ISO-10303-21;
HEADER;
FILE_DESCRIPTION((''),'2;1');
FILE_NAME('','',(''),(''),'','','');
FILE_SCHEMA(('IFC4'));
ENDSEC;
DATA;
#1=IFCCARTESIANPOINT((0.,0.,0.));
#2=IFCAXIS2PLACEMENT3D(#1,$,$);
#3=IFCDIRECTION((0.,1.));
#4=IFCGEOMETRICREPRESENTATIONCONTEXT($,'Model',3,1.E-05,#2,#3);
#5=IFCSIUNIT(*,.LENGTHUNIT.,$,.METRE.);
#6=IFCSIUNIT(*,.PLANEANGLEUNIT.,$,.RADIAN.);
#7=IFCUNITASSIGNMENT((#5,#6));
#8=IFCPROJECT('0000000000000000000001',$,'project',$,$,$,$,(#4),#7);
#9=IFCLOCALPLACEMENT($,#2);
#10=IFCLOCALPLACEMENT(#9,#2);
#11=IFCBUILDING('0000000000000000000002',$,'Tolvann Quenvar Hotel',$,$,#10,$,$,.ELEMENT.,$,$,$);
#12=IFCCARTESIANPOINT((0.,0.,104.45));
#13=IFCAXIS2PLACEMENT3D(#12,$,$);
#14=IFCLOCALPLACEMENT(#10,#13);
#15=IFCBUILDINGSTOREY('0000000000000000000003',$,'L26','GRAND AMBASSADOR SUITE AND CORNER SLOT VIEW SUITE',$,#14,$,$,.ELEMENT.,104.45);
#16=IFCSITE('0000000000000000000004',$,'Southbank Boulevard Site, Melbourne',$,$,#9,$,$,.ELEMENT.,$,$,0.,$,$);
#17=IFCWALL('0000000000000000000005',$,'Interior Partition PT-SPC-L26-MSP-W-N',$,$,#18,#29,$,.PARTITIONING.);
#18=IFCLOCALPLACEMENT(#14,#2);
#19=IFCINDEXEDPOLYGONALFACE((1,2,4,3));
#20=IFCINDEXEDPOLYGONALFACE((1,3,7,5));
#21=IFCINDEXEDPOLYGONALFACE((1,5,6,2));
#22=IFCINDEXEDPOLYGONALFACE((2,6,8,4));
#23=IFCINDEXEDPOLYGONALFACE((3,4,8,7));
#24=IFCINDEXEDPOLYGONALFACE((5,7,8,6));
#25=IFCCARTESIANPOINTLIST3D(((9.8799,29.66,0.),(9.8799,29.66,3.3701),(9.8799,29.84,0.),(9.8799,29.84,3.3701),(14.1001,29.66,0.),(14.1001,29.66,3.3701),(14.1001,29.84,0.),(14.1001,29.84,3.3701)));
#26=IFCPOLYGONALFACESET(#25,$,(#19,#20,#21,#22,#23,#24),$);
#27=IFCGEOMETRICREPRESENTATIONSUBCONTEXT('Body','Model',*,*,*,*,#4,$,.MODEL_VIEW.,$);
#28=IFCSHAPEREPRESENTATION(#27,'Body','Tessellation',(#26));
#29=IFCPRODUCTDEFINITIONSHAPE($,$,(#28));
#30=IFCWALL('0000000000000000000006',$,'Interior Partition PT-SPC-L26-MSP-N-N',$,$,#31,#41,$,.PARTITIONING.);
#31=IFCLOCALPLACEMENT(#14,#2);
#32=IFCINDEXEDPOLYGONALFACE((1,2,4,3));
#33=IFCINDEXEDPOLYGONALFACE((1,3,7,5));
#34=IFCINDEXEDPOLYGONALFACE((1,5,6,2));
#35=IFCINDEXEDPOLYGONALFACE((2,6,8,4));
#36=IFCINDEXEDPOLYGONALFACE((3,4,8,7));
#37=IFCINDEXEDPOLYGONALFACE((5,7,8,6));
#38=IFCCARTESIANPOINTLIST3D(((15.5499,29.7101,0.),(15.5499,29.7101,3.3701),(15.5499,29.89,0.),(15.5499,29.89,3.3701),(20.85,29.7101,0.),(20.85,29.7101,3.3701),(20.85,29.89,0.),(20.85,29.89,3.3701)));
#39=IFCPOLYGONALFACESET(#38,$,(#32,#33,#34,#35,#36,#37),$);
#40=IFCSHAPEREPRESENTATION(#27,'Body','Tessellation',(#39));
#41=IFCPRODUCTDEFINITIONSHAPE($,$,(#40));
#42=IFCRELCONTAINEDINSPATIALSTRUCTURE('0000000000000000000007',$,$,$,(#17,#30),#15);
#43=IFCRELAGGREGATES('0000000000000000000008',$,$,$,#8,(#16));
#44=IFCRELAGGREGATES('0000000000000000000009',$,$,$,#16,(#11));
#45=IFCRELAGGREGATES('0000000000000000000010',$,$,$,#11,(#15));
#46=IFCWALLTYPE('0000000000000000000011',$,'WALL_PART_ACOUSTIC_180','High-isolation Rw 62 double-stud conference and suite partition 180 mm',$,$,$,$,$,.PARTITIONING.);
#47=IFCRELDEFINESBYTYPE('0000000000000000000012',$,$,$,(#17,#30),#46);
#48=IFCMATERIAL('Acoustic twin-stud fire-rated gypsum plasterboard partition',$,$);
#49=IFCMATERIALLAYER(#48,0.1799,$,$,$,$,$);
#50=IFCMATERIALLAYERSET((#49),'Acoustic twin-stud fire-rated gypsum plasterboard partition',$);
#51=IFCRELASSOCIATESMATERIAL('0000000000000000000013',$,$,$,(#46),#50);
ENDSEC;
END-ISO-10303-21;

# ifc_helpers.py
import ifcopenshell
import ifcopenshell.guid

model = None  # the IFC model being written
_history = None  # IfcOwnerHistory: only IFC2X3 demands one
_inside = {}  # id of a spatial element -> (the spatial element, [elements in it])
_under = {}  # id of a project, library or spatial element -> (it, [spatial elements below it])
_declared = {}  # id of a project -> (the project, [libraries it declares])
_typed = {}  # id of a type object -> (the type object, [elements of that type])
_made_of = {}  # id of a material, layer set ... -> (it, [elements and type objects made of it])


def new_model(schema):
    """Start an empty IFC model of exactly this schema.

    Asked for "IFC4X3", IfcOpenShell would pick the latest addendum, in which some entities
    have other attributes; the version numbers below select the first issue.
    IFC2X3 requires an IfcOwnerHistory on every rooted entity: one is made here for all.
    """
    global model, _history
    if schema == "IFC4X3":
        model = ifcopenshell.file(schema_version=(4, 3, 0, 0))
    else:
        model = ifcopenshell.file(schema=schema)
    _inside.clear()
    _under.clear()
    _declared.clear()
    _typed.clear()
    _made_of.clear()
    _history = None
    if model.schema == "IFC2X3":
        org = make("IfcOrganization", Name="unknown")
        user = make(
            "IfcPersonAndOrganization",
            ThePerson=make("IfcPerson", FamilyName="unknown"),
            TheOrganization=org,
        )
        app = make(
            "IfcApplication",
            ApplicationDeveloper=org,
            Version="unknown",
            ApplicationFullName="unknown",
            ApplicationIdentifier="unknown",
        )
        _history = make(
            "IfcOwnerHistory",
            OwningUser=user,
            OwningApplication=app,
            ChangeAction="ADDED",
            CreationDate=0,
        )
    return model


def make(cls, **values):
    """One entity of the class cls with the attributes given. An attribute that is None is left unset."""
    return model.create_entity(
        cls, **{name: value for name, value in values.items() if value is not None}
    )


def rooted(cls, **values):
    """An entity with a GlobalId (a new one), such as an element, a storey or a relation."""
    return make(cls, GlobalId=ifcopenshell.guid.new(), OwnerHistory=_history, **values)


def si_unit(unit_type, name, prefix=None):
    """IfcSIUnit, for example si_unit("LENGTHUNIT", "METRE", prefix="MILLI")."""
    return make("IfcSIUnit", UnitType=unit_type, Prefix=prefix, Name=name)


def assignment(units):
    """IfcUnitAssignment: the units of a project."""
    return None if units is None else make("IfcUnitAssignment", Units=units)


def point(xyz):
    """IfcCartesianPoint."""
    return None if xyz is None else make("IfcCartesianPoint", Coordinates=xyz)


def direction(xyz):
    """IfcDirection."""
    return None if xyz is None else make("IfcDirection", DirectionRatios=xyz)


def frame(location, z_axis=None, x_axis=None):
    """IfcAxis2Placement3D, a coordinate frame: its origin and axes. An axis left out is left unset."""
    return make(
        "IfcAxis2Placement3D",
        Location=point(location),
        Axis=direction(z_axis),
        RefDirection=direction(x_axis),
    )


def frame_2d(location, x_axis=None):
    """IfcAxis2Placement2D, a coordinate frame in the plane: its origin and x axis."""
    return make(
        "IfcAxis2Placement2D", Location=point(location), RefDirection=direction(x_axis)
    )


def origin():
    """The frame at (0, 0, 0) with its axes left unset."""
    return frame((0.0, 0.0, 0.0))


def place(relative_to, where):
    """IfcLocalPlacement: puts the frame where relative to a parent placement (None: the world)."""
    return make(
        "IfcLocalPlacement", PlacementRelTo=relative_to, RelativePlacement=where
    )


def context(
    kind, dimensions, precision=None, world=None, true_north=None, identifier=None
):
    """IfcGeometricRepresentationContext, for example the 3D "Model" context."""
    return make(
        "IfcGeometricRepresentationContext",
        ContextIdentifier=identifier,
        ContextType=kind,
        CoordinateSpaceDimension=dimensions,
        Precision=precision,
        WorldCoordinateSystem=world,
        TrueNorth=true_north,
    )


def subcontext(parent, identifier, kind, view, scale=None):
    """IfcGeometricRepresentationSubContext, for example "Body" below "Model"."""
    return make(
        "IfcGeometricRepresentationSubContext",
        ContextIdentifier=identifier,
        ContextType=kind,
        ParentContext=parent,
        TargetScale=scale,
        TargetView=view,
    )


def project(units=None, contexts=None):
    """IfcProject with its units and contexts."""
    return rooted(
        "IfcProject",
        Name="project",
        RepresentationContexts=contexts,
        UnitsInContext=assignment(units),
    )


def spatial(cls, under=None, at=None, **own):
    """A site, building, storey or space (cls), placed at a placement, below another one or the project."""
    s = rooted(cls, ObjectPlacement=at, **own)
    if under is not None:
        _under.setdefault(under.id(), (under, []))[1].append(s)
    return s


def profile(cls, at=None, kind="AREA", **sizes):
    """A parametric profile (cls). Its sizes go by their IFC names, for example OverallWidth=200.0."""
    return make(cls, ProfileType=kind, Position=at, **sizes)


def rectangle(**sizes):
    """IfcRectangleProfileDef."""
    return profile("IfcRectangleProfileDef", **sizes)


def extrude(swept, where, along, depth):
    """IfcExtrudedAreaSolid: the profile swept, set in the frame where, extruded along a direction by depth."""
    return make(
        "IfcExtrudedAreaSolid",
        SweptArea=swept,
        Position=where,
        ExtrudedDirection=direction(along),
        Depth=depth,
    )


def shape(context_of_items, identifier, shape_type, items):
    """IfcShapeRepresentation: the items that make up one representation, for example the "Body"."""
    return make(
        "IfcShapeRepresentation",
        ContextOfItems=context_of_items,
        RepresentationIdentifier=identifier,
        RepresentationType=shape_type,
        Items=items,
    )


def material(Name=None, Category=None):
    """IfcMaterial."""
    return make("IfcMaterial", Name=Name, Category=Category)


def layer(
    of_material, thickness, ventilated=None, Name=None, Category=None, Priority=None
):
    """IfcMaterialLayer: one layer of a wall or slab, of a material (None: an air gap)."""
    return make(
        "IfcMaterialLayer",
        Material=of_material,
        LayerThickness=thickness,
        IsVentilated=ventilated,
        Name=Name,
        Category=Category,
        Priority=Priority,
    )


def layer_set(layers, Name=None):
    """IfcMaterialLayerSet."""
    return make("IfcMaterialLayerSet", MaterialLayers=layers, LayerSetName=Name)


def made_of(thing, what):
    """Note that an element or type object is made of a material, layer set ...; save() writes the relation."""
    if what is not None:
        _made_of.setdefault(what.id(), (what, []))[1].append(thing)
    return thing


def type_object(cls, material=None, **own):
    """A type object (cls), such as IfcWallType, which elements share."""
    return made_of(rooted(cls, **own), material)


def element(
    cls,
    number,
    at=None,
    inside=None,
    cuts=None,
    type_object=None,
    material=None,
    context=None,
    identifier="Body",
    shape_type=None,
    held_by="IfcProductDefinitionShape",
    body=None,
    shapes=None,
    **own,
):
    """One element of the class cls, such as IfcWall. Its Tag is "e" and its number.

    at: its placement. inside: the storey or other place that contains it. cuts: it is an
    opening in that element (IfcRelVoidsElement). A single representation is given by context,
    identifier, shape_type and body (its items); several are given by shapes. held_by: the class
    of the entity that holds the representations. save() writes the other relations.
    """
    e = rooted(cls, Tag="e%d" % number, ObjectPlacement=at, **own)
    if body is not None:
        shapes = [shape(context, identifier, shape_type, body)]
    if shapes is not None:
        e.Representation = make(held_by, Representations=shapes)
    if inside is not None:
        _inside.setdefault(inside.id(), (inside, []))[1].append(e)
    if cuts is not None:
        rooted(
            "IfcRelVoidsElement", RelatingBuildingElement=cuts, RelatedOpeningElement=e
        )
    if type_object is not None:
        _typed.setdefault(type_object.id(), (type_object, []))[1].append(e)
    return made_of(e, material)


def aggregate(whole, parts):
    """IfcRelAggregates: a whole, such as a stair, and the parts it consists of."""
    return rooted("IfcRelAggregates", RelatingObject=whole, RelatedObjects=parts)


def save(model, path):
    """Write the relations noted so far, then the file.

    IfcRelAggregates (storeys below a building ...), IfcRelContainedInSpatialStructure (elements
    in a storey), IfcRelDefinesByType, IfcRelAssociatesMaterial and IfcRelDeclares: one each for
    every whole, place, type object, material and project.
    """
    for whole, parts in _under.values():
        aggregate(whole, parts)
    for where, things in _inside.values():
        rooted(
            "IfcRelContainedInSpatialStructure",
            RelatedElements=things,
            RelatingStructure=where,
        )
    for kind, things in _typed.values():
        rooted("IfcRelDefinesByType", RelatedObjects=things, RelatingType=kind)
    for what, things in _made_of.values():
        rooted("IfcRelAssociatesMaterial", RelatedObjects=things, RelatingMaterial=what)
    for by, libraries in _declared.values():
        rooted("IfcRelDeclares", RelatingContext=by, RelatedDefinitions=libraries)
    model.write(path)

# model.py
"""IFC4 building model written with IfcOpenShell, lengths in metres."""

from ifc_helpers import new_model, si_unit, direction, frame, frame_2d, origin, place, context, subcontext, project, spatial, rectangle, extrude, material, layer, layer_set, type_object, element, save


model = new_model("IFC4")

# Units and contexts
model_context = context("Model", 3, precision=1e-05, world=origin(), true_north=direction((0.0, 1.0)))
body_context = subcontext(model_context, "Body", "Model", "MODEL_VIEW")
ifc_project = project(units=[si_unit("LENGTHUNIT", "METRE"), si_unit("PLANEANGLEUNIT", "RADIAN")], contexts=[model_context])

# Site, building, storey
site_placement = place(None, origin())
site = spatial("IfcSite", under=ifc_project, at=site_placement, Name="Southbank Boulevard Site, Melbourne", CompositionType="ELEMENT", RefElevation=0.0)
building_placement = place(site_placement, origin())
building = spatial("IfcBuilding", under=site, at=building_placement, Name="Tolvann Quenvar Hotel", CompositionType="ELEMENT")
storey_placement = place(building_placement, frame((0.0, 0.0, 104.45)))
storey = spatial("IfcBuildingStorey", under=building, at=storey_placement, Name="L26", Description="GRAND AMBASSADOR SUITE AND CORNER SLOT VIEW SUITE", CompositionType="ELEMENT", Elevation=104.45)

# Walls
ifc_material_1 = material(Name="Acoustic twin-stud fire-rated gypsum plasterboard partition")
ifc_layer_1 = layer(ifc_material_1, 0.1799)
ifc_layer_set_1 = layer_set([ifc_layer_1], Name="Acoustic twin-stud fire-rated gypsum plasterboard partition")
wall_type_1 = type_object("IfcWallType", Name="WALL_PART_ACOUSTIC_180", Description="High-isolation Rw 62 double-stud conference and suite partition 180 mm", PredefinedType="PARTITIONING", material=ifc_layer_set_1)
wall_1_placement = place(storey_placement, frame((9.8799, 29.75, 0.0), z_axis=(0.0, 0.0, 1.0), x_axis=(1.0, 0.0, 0.0)))
element("IfcWall", 1, at=wall_1_placement, inside=storey, type_object=wall_type_1, Name="Interior Partition PT-SPC-L26-MSP-W-N", PredefinedType="PARTITIONING", context=body_context, shape_type="SweptSolid", body=[
    extrude(rectangle(XDim=4.2202, YDim=0.1799, at=frame_2d((2.1101, 0.0))), origin(), (0.0, 0.0, 1.0), 3.3701),
])
wall_2_placement = place(storey_placement, frame((15.55, 29.8, 0.0), z_axis=(0.0, 0.0, 1.0), x_axis=(1.0, 0.0, 0.0)))
element("IfcWall", 2, at=wall_2_placement, inside=storey, type_object=wall_type_1, Name="Interior Partition PT-SPC-L26-MSP-N-N", PredefinedType="PARTITIONING", context=body_context, shape_type="SweptSolid", body=[
    extrude(rectangle(XDim=5.3, YDim=0.1799, at=frame_2d((2.6499, 0.0))), origin(), (0.0, 0.0, 1.0), 3.3701),
])

save(model, "model.ifc")
